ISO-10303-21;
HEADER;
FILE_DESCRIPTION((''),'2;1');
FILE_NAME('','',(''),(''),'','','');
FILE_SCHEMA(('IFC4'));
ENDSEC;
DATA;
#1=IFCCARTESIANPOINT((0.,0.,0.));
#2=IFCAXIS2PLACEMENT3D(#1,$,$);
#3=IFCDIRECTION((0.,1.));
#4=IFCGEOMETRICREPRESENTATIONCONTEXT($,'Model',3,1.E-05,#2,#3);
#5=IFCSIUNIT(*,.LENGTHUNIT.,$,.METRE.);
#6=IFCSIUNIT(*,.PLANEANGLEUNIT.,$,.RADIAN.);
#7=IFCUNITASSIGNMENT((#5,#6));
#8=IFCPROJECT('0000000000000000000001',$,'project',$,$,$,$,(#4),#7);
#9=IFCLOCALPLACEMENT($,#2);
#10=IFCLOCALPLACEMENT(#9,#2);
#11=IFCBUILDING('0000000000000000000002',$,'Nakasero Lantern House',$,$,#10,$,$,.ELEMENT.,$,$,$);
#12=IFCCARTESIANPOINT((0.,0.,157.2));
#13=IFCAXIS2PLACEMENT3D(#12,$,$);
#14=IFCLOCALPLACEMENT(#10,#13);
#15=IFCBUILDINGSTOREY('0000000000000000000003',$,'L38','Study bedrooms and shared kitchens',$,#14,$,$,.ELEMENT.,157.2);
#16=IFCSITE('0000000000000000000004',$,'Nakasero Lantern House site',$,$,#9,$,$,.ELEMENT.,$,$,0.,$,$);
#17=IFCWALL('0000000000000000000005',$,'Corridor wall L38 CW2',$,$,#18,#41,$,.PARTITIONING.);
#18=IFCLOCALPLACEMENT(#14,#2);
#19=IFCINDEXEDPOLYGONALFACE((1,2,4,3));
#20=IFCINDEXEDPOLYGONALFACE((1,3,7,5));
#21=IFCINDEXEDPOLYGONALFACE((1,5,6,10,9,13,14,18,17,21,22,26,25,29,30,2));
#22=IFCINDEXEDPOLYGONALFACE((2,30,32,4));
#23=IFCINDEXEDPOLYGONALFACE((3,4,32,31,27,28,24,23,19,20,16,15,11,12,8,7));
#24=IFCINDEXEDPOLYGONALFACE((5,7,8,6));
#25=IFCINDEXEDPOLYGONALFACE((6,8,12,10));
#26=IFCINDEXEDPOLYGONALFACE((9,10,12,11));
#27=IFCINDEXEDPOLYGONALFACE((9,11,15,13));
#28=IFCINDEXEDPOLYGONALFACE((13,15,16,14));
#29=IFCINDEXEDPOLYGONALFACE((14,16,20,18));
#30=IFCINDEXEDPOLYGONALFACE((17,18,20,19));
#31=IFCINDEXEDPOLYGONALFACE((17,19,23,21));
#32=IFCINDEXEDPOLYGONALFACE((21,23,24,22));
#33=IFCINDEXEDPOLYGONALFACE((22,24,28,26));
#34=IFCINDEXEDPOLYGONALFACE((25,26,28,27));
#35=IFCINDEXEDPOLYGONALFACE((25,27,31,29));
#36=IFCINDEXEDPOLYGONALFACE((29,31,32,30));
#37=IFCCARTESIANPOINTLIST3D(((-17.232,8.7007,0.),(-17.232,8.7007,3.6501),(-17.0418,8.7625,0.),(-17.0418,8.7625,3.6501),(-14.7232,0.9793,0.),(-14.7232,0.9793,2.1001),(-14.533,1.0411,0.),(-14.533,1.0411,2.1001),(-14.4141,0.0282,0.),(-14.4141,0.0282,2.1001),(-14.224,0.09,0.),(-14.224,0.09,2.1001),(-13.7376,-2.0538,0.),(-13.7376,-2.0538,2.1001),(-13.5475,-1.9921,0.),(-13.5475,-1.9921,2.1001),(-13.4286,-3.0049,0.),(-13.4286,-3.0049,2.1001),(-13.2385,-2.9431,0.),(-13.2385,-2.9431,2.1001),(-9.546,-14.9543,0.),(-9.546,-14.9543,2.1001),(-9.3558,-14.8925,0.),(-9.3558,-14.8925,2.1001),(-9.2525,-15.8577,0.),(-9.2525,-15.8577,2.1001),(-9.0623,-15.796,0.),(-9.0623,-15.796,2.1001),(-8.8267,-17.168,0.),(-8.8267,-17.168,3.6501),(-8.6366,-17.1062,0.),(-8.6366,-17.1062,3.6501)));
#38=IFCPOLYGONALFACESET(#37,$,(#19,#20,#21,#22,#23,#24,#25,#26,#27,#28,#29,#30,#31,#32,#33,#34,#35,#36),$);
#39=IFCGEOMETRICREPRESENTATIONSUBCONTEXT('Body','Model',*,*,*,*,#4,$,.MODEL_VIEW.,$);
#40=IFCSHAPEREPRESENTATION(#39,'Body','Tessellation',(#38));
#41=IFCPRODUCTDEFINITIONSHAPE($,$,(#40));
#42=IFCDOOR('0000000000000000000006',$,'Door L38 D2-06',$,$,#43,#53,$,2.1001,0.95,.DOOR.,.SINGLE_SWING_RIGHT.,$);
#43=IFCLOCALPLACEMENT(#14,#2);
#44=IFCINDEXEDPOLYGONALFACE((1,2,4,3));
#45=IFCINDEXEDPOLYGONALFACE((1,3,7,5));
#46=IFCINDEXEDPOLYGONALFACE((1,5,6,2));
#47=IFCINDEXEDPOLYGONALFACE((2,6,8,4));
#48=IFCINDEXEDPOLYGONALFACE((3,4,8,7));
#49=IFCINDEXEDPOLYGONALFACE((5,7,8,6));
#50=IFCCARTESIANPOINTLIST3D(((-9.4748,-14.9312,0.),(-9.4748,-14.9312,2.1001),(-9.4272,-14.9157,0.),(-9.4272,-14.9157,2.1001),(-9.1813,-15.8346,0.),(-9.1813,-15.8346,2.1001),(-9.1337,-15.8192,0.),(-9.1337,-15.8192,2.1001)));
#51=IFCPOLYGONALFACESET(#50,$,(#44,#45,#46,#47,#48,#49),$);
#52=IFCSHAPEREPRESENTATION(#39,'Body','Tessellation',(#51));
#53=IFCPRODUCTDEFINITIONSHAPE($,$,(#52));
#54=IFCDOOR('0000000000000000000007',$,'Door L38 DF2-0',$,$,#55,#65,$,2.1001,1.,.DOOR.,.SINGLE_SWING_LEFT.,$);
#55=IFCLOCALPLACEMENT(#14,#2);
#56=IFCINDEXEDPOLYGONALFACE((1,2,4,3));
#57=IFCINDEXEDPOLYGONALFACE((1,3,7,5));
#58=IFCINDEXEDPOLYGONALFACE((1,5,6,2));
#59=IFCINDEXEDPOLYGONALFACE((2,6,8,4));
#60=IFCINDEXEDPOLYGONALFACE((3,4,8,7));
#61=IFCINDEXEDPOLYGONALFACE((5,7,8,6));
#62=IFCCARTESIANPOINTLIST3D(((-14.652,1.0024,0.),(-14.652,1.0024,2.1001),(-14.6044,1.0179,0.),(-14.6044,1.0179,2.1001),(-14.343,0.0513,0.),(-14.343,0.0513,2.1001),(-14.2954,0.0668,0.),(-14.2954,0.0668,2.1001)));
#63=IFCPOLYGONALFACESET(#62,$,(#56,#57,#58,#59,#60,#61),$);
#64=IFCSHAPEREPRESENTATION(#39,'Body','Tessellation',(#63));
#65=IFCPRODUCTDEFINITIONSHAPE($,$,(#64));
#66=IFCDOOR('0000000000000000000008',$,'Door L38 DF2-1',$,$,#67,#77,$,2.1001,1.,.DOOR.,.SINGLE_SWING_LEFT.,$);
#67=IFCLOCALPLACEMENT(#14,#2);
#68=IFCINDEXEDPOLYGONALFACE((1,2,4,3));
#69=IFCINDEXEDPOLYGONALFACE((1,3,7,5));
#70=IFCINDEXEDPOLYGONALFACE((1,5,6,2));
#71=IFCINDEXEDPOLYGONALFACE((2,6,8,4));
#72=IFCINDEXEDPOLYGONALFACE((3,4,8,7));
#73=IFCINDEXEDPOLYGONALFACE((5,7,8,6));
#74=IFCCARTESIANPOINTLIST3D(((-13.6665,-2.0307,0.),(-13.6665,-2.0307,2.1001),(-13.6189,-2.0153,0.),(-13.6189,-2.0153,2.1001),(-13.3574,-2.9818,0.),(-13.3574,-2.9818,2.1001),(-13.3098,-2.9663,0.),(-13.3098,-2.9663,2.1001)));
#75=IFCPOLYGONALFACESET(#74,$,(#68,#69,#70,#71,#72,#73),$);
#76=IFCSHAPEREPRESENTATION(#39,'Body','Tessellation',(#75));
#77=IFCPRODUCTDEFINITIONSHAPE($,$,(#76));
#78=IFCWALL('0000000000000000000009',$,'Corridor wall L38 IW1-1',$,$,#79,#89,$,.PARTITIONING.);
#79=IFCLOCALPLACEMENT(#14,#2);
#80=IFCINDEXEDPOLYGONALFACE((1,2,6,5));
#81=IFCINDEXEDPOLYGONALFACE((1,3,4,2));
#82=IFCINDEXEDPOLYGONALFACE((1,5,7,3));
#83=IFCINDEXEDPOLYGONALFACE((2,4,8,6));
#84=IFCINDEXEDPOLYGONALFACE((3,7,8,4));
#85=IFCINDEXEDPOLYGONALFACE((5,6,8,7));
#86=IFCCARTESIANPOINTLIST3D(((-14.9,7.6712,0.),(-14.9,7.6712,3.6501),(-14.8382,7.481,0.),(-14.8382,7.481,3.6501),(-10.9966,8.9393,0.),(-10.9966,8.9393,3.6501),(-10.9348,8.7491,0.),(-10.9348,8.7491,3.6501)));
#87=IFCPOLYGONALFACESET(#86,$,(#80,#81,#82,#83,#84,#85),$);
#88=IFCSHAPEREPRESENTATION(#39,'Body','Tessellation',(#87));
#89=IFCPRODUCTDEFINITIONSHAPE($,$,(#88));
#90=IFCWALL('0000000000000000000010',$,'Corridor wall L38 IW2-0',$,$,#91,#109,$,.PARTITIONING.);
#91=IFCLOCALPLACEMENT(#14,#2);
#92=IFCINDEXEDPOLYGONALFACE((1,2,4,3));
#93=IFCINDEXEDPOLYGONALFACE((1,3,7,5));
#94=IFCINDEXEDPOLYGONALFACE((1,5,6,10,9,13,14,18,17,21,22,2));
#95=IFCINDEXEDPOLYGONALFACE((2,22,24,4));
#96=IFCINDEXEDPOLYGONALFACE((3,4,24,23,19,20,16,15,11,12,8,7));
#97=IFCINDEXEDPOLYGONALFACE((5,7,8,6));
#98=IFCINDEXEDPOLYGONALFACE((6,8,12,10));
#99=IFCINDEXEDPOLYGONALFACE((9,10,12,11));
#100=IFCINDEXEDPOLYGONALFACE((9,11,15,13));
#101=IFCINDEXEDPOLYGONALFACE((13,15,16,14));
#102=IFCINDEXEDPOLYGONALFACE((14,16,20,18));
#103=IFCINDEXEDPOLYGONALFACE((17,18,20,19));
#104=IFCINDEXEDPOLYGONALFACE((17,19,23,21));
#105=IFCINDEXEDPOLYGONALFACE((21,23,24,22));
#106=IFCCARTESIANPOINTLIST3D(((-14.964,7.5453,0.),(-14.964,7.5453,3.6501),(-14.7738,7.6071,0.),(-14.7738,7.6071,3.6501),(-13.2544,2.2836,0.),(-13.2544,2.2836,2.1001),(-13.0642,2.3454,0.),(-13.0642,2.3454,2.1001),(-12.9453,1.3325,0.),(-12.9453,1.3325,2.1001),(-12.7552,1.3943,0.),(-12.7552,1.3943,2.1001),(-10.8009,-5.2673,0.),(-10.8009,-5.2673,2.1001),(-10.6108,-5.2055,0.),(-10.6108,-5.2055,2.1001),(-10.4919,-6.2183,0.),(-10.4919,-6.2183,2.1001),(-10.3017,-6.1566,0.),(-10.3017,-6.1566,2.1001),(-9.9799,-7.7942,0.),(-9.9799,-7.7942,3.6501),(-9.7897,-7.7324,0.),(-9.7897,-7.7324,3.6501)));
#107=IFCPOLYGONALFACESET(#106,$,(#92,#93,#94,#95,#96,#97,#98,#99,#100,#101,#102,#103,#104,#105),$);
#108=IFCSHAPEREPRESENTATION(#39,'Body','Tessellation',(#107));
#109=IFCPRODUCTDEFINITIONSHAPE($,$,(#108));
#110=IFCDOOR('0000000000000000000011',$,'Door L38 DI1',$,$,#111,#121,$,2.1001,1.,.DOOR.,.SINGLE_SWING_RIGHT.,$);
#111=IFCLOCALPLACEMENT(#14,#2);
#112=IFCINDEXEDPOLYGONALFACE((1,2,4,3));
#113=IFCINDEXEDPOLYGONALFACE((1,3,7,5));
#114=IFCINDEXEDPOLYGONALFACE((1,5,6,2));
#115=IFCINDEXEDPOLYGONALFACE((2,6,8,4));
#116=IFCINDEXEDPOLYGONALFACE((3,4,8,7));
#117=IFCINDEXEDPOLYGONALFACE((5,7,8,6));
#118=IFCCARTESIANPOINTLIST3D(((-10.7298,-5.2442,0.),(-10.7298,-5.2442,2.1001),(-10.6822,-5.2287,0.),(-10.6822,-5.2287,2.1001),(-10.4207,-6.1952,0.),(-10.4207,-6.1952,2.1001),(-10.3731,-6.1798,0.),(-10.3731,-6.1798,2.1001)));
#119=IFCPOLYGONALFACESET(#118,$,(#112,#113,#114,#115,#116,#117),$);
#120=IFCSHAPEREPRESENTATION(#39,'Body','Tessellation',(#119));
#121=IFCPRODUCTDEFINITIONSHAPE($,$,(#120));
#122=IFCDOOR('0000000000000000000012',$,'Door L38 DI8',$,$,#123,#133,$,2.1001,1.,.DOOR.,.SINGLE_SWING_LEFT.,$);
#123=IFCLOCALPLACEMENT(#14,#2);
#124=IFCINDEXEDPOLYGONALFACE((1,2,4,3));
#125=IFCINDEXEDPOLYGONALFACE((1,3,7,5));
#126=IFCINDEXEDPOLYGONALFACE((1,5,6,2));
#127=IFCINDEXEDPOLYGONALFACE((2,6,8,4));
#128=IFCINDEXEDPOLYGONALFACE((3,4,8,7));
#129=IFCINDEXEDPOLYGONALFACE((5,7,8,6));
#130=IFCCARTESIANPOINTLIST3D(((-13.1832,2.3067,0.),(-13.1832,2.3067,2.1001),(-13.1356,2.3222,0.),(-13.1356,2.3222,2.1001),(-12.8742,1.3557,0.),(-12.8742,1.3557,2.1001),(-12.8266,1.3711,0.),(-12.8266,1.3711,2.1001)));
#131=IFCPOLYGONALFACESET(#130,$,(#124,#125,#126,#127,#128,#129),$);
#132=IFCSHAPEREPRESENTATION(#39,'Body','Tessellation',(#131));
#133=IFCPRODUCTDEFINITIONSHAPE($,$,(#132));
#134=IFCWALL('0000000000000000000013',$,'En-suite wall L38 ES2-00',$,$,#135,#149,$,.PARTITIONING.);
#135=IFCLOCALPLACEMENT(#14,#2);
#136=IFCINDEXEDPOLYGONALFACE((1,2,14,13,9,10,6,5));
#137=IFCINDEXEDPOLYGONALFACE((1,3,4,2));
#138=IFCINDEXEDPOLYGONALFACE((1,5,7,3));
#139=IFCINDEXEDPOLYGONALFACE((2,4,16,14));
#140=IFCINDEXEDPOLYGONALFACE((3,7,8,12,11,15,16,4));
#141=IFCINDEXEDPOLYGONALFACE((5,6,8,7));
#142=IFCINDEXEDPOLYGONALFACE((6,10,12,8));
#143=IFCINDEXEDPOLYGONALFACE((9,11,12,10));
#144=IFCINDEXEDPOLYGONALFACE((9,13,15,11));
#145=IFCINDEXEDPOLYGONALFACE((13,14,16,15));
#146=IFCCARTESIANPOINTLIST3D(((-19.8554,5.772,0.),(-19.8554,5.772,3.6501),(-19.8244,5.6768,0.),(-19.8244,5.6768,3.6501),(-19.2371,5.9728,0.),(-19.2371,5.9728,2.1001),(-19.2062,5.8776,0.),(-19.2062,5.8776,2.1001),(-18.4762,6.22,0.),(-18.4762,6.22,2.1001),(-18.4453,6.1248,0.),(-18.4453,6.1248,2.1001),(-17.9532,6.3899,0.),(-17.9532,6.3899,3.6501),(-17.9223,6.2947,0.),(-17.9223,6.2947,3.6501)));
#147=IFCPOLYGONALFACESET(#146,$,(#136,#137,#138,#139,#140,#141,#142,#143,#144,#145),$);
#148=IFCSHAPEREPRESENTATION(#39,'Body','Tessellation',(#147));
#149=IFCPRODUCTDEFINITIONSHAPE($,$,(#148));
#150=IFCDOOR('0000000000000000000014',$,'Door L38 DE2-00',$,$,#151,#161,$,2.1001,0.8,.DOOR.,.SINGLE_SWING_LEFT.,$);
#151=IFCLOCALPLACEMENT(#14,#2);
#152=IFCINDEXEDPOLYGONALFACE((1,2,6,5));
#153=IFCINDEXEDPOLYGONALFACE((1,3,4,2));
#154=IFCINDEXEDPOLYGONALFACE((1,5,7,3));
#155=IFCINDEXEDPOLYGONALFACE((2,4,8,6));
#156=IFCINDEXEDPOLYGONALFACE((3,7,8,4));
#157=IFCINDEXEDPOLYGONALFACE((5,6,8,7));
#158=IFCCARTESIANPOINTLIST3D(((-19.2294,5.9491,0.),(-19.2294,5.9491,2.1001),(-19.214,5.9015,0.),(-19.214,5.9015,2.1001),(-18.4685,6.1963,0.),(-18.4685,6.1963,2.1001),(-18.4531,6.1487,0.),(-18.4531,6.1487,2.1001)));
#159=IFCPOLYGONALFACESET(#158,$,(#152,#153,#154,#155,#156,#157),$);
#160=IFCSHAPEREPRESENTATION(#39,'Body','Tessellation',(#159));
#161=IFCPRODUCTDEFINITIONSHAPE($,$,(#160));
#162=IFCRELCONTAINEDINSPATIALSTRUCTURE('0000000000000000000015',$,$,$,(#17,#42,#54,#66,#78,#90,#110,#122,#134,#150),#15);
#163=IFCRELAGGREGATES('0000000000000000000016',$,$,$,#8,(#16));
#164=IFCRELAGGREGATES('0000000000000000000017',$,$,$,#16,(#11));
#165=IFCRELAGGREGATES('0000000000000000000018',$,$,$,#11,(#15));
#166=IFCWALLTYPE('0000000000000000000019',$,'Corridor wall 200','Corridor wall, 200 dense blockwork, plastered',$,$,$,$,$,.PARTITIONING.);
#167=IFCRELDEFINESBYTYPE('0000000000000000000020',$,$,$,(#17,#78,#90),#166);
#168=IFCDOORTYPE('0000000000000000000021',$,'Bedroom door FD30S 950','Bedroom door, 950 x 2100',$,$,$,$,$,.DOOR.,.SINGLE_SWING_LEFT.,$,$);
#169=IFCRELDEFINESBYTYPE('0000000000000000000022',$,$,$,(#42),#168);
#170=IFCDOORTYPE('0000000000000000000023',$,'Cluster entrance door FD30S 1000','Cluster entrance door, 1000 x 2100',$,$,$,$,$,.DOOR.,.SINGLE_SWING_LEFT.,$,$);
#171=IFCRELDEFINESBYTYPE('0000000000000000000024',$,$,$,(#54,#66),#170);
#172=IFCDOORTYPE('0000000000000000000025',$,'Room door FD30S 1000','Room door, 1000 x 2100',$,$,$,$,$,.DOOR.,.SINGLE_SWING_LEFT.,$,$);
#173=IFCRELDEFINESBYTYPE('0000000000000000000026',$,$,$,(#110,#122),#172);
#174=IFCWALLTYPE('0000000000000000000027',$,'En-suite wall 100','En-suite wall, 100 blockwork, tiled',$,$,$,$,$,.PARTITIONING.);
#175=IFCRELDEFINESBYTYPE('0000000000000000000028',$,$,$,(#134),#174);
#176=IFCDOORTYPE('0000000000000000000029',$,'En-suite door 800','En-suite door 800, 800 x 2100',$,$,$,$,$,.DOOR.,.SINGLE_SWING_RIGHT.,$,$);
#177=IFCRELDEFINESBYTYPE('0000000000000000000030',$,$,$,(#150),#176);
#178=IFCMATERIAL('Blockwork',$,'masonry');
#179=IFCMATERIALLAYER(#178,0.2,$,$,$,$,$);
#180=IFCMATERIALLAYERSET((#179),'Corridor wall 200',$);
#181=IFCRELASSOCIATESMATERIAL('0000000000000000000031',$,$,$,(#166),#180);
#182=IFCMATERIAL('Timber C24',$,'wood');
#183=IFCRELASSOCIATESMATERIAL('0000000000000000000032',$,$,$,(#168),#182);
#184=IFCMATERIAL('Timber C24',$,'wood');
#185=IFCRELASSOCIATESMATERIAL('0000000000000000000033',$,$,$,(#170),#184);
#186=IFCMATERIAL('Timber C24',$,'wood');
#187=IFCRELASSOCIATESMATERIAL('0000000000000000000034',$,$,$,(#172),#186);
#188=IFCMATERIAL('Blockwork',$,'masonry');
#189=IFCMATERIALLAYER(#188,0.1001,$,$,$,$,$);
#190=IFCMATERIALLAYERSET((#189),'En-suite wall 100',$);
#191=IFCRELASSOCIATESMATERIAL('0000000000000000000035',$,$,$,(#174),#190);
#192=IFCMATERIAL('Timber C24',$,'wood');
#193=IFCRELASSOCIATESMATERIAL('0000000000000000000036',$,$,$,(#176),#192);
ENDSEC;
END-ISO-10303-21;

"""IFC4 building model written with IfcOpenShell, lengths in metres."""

from ifc_helpers import new_model, si_unit, direction, frame, frame_2d, origin, place, context, subcontext, project, spatial, rectangle, extrude, material, layer, layer_set, type_object, element, fill, save


model = new_model("IFC4")

# Units and contexts
model_context = context("Model", 3, precision=1e-05, world=origin(), true_north=direction((0.0, 1.0)))
body_context = subcontext(model_context, "Body", "Model", "MODEL_VIEW")
ifc_project = project(units=[si_unit("LENGTHUNIT", "METRE"), si_unit("PLANEANGLEUNIT", "RADIAN")], contexts=[model_context])

# Site, building, storey
site_placement = place(None, origin())
site = spatial("IfcSite", under=ifc_project, at=site_placement, Name="Nakasero Lantern House site", CompositionType="ELEMENT", RefElevation=0.0)
building_placement = place(site_placement, origin())
building = spatial("IfcBuilding", under=site, at=building_placement, Name="Nakasero Lantern House", CompositionType="ELEMENT")
storey_placement = place(building_placement, frame((0.0, 0.0, 157.2)))
storey = spatial("IfcBuildingStorey", under=building, at=storey_placement, Name="L38", Description="Study bedrooms and shared kitchens", CompositionType="ELEMENT", Elevation=157.2)

# Wall, openings, doors
ifc_material_1 = material(Name="Blockwork", Category="masonry")
ifc_layer_1 = layer(ifc_material_1, 0.2)
ifc_layer_set_1 = layer_set([ifc_layer_1], Name="Corridor wall 200")
wall_type_1 = type_object("IfcWallType", Name="Corridor wall 200", Description="Corridor wall, 200 dense blockwork, plastered", PredefinedType="PARTITIONING", material=ifc_layer_set_1)
wall_1_placement = place(storey_placement, frame((-17.137, 8.7317, 0.0), z_axis=(0.0, 0.0, 1.0), x_axis=(0.309018, -0.951056, 0.0)))
wall_1 = element("IfcWall", 1, at=wall_1_placement, inside=storey, type_object=wall_type_1, Name="Corridor wall L38 CW2", PredefinedType="PARTITIONING", context=body_context, shape_type="SweptSolid", body=[
    extrude(rectangle(XDim=27.2, YDim=0.2, at=frame_2d((13.6001, 0.0))), origin(), (0.0, 0.0, 1.0), 3.6501),
])
opening_1_placement = place(wall_1_placement, frame((8.1189, 0.0, 0.0)))
opening_1 = element("IfcOpeningElement", 2, at=opening_1_placement, cuts=wall_1, PredefinedType="OPENING", context=body_context, shape_type="SweptSolid", body=[
    extrude(rectangle(XDim=1.0, YDim=2.1001, at=frame_2d((0.5, 1.05))), frame((0.0, 0.1199, 0.0), z_axis=(0.0, -1.0, 0.0), x_axis=(1.0, 0.0, 0.0)), (0.0, 0.0, 1.0), 0.24),
])
opening_2_placement = place(wall_1_placement, frame((11.3081, 0.0, 0.0)))
opening_2 = element("IfcOpeningElement", 3, at=opening_2_placement, cuts=wall_1, PredefinedType="OPENING", context=body_context, shape_type="SweptSolid", body=[
    extrude(rectangle(XDim=1.0, YDim=2.1001, at=frame_2d((0.5, 1.05))), frame((0.0, 0.1199, 0.0), z_axis=(0.0, -1.0, 0.0), x_axis=(1.0, 0.0, 0.0)), (0.0, 0.0, 1.0), 0.24),
])
opening_3_placement = place(wall_1_placement, frame((24.8723, 0.0, 0.0)))
opening_3 = element("IfcOpeningElement", 4, at=opening_3_placement, cuts=wall_1, PredefinedType="OPENING", context=body_context, shape_type="SweptSolid", body=[
    extrude(rectangle(XDim=0.95, YDim=2.1001, at=frame_2d((0.4751, 1.05))), frame((0.0, 0.1199, 0.0), z_axis=(0.0, -1.0, 0.0), x_axis=(1.0, 0.0, 0.0)), (0.0, 0.0, 1.0), 0.24),
])
ifc_material_2 = material(Name="Timber C24", Category="wood")
door_type_1 = type_object("IfcDoorType", Name="Bedroom door FD30S 950", Description="Bedroom door, 950 x 2100", OperationType="SINGLE_SWING_LEFT", PredefinedType="DOOR", material=ifc_material_2)
door_1_placement = place(opening_3_placement, origin())
door_1 = element("IfcDoor", 5, at=door_1_placement, inside=storey, type_object=door_type_1, Name="Door L38 D2-06", OperationType="SINGLE_SWING_RIGHT", OverallHeight=2.1001, OverallWidth=0.95, PredefinedType="DOOR", context=body_context, shape_type="SweptSolid", body=[
    extrude(rectangle(XDim=0.95, YDim=2.1001, at=frame_2d((0.4751, 1.05))), frame((0.0, 0.0249, 0.0), z_axis=(0.0, -1.0, 0.0), x_axis=(1.0, 0.0, 0.0)), (0.0, 0.0, 1.0), 0.05),
])
fill(opening_3, door_1)
ifc_material_3 = material(Name="Timber C24", Category="wood")
door_type_2 = type_object("IfcDoorType", Name="Cluster entrance door FD30S 1000", Description="Cluster entrance door, 1000 x 2100", OperationType="SINGLE_SWING_LEFT", PredefinedType="DOOR", material=ifc_material_3)
door_2_placement = place(opening_1_placement, origin())
door_2 = element("IfcDoor", 6, at=door_2_placement, inside=storey, type_object=door_type_2, Name="Door L38 DF2-0", OperationType="SINGLE_SWING_LEFT", OverallHeight=2.1001, OverallWidth=1.0, PredefinedType="DOOR", context=body_context, shape_type="SweptSolid", body=[
    extrude(rectangle(XDim=1.0, YDim=2.1001, at=frame_2d((0.5, 1.05))), frame((0.0, 0.0249, 0.0), z_axis=(0.0, -1.0, 0.0), x_axis=(1.0, 0.0, 0.0)), (0.0, 0.0, 1.0), 0.05),
])
fill(opening_1, door_2)
door_3_placement = place(opening_2_placement, origin())
door_3 = element("IfcDoor", 7, at=door_3_placement, inside=storey, type_object=door_type_2, Name="Door L38 DF2-1", OperationType="SINGLE_SWING_LEFT", OverallHeight=2.1001, OverallWidth=1.0, PredefinedType="DOOR", context=body_context, shape_type="SweptSolid", body=[
    extrude(rectangle(XDim=1.0, YDim=2.1001, at=frame_2d((0.5, 1.05))), frame((0.0, 0.0249, 0.0), z_axis=(0.0, -1.0, 0.0), x_axis=(1.0, 0.0, 0.0)), (0.0, 0.0, 1.0), 0.05),
])
fill(opening_2, door_3)

# Wall
wall_2_placement = place(storey_placement, frame((-10.9656, 8.8442, 0.0), z_axis=(0.0, 0.0, 1.0), x_axis=(-0.951071, -0.308973, 0.0)))
element("IfcWall", 8, at=wall_2_placement, inside=storey, type_object=wall_type_1, Name="Corridor wall L38 IW1-1", PredefinedType="PARTITIONING", context=body_context, shape_type="SweptSolid", body=[
    extrude(rectangle(XDim=4.1042, YDim=0.2, at=frame_2d((2.0522, 0.0))), origin(), (0.0, 0.0, 1.0), 3.6501),
])

# Wall, openings, doors
wall_3_placement = place(storey_placement, frame((-14.8689, 7.5762, 0.0), z_axis=(0.0, 0.0, 1.0), x_axis=(0.309017, -0.951057, 0.0)))
wall_3 = element("IfcWall", 9, at=wall_3_placement, inside=storey, type_object=wall_type_1, Name="Corridor wall L38 IW2-0", PredefinedType="PARTITIONING", context=body_context, shape_type="SweptSolid", body=[
    extrude(rectangle(XDim=16.1289, YDim=0.2, at=frame_2d((8.0645, 0.0))), origin(), (0.0, 0.0, 1.0), 3.6501),
])
opening_4_placement = place(wall_3_placement, frame((13.4719, 0.0, 0.0)))
opening_4 = element("IfcOpeningElement", 10, at=opening_4_placement, cuts=wall_3, PredefinedType="OPENING", context=body_context, shape_type="SweptSolid", body=[
    extrude(rectangle(XDim=1.0, YDim=2.1001, at=frame_2d((0.5, 1.05))), frame((0.0, 0.1199, 0.0), z_axis=(0.0, -1.0, 0.0), x_axis=(1.0, 0.0, 0.0)), (0.0, 0.0, 1.0), 0.24),
])
opening_5_placement = place(wall_3_placement, frame((5.5325, 0.0, 0.0)))
opening_5 = element("IfcOpeningElement", 11, at=opening_5_placement, cuts=wall_3, PredefinedType="OPENING", context=body_context, shape_type="SweptSolid", body=[
    extrude(rectangle(XDim=1.0, YDim=2.1001, at=frame_2d((0.5, 1.05))), frame((0.0, 0.1199, 0.0), z_axis=(0.0, -1.0, 0.0), x_axis=(1.0, 0.0, 0.0)), (0.0, 0.0, 1.0), 0.24),
])
ifc_material_4 = material(Name="Timber C24", Category="wood")
door_type_3 = type_object("IfcDoorType", Name="Room door FD30S 1000", Description="Room door, 1000 x 2100", OperationType="SINGLE_SWING_LEFT", PredefinedType="DOOR", material=ifc_material_4)
door_4_placement = place(opening_4_placement, origin())
door_4 = element("IfcDoor", 12, at=door_4_placement, inside=storey, type_object=door_type_3, Name="Door L38 DI1", OperationType="SINGLE_SWING_RIGHT", OverallHeight=2.1001, OverallWidth=1.0, PredefinedType="DOOR", context=body_context, shape_type="SweptSolid", body=[
    extrude(rectangle(XDim=1.0, YDim=2.1001, at=frame_2d((0.5, 1.05))), frame((0.0, 0.0249, 0.0), z_axis=(0.0, -1.0, 0.0), x_axis=(1.0, 0.0, 0.0)), (0.0, 0.0, 1.0), 0.05),
])
fill(opening_4, door_4)
door_5_placement = place(opening_5_placement, origin())
door_5 = element("IfcDoor", 13, at=door_5_placement, inside=storey, type_object=door_type_3, Name="Door L38 DI8", OperationType="SINGLE_SWING_LEFT", OverallHeight=2.1001, OverallWidth=1.0, PredefinedType="DOOR", context=body_context, shape_type="SweptSolid", body=[
    extrude(rectangle(XDim=1.0, YDim=2.1001, at=frame_2d((0.5, 1.05))), frame((0.0, 0.0249, 0.0), z_axis=(0.0, -1.0, 0.0), x_axis=(1.0, 0.0, 0.0)), (0.0, 0.0, 1.0), 0.05),
])
fill(opening_5, door_5)

# Wall, opening, door
ifc_material_5 = material(Name="Blockwork", Category="masonry")
ifc_layer_2 = layer(ifc_material_5, 0.1001)
ifc_layer_set_2 = layer_set([ifc_layer_2], Name="En-suite wall 100")
wall_type_2 = type_object("IfcWallType", Name="En-suite wall 100", Description="En-suite wall, 100 blockwork, tiled", PredefinedType="PARTITIONING", material=ifc_layer_set_2)
wall_4_placement = place(storey_placement, frame((-17.9377, 6.3423, 0.0), z_axis=(0.0, 0.0, 1.0), x_axis=(-0.951073, -0.308967, 0.0)))
wall_4 = element("IfcWall", 14, at=wall_4_placement, inside=storey, type_object=wall_type_2, Name="En-suite wall L38 ES2-00", PredefinedType="PARTITIONING", context=body_context, shape_type="SweptSolid", body=[
    extrude(rectangle(XDim=2.0, YDim=0.1001, at=frame_2d((1.0, 0.0))), origin(), (0.0, 0.0, 1.0), 3.6501),
])
opening_6_placement = place(wall_4_placement, frame((0.55, 0.0, 0.0)))
opening_6 = element("IfcOpeningElement", 15, at=opening_6_placement, cuts=wall_4, PredefinedType="OPENING", context=body_context, shape_type="SweptSolid", body=[
    extrude(rectangle(XDim=0.8, YDim=2.1001, at=frame_2d((0.3999, 1.05))), frame((0.0, 0.0701, 0.0), z_axis=(0.0, -1.0, 0.0), x_axis=(1.0, 0.0, 0.0)), (0.0, 0.0, 1.0), 0.1401),
])
ifc_material_6 = material(Name="Timber C24", Category="wood")
door_type_4 = type_object("IfcDoorType", Name="En-suite door 800", Description="En-suite door 800, 800 x 2100", OperationType="SINGLE_SWING_RIGHT", PredefinedType="DOOR", material=ifc_material_6)
door_6_placement = place(opening_6_placement, origin())
door_6 = element("IfcDoor", 16, at=door_6_placement, inside=storey, type_object=door_type_4, Name="Door L38 DE2-00", OperationType="SINGLE_SWING_LEFT", OverallHeight=2.1001, OverallWidth=0.8, PredefinedType="DOOR", context=body_context, shape_type="SweptSolid", body=[
    extrude(rectangle(XDim=0.8, YDim=2.1001, at=frame_2d((0.3999, 1.05))), frame((0.0, 0.0249, 0.0), z_axis=(0.0, -1.0, 0.0), x_axis=(1.0, 0.0, 0.0)), (0.0, 0.0, 1.0), 0.05),
])
fill(opening_6, door_6)

save(model, "model.ifc")
